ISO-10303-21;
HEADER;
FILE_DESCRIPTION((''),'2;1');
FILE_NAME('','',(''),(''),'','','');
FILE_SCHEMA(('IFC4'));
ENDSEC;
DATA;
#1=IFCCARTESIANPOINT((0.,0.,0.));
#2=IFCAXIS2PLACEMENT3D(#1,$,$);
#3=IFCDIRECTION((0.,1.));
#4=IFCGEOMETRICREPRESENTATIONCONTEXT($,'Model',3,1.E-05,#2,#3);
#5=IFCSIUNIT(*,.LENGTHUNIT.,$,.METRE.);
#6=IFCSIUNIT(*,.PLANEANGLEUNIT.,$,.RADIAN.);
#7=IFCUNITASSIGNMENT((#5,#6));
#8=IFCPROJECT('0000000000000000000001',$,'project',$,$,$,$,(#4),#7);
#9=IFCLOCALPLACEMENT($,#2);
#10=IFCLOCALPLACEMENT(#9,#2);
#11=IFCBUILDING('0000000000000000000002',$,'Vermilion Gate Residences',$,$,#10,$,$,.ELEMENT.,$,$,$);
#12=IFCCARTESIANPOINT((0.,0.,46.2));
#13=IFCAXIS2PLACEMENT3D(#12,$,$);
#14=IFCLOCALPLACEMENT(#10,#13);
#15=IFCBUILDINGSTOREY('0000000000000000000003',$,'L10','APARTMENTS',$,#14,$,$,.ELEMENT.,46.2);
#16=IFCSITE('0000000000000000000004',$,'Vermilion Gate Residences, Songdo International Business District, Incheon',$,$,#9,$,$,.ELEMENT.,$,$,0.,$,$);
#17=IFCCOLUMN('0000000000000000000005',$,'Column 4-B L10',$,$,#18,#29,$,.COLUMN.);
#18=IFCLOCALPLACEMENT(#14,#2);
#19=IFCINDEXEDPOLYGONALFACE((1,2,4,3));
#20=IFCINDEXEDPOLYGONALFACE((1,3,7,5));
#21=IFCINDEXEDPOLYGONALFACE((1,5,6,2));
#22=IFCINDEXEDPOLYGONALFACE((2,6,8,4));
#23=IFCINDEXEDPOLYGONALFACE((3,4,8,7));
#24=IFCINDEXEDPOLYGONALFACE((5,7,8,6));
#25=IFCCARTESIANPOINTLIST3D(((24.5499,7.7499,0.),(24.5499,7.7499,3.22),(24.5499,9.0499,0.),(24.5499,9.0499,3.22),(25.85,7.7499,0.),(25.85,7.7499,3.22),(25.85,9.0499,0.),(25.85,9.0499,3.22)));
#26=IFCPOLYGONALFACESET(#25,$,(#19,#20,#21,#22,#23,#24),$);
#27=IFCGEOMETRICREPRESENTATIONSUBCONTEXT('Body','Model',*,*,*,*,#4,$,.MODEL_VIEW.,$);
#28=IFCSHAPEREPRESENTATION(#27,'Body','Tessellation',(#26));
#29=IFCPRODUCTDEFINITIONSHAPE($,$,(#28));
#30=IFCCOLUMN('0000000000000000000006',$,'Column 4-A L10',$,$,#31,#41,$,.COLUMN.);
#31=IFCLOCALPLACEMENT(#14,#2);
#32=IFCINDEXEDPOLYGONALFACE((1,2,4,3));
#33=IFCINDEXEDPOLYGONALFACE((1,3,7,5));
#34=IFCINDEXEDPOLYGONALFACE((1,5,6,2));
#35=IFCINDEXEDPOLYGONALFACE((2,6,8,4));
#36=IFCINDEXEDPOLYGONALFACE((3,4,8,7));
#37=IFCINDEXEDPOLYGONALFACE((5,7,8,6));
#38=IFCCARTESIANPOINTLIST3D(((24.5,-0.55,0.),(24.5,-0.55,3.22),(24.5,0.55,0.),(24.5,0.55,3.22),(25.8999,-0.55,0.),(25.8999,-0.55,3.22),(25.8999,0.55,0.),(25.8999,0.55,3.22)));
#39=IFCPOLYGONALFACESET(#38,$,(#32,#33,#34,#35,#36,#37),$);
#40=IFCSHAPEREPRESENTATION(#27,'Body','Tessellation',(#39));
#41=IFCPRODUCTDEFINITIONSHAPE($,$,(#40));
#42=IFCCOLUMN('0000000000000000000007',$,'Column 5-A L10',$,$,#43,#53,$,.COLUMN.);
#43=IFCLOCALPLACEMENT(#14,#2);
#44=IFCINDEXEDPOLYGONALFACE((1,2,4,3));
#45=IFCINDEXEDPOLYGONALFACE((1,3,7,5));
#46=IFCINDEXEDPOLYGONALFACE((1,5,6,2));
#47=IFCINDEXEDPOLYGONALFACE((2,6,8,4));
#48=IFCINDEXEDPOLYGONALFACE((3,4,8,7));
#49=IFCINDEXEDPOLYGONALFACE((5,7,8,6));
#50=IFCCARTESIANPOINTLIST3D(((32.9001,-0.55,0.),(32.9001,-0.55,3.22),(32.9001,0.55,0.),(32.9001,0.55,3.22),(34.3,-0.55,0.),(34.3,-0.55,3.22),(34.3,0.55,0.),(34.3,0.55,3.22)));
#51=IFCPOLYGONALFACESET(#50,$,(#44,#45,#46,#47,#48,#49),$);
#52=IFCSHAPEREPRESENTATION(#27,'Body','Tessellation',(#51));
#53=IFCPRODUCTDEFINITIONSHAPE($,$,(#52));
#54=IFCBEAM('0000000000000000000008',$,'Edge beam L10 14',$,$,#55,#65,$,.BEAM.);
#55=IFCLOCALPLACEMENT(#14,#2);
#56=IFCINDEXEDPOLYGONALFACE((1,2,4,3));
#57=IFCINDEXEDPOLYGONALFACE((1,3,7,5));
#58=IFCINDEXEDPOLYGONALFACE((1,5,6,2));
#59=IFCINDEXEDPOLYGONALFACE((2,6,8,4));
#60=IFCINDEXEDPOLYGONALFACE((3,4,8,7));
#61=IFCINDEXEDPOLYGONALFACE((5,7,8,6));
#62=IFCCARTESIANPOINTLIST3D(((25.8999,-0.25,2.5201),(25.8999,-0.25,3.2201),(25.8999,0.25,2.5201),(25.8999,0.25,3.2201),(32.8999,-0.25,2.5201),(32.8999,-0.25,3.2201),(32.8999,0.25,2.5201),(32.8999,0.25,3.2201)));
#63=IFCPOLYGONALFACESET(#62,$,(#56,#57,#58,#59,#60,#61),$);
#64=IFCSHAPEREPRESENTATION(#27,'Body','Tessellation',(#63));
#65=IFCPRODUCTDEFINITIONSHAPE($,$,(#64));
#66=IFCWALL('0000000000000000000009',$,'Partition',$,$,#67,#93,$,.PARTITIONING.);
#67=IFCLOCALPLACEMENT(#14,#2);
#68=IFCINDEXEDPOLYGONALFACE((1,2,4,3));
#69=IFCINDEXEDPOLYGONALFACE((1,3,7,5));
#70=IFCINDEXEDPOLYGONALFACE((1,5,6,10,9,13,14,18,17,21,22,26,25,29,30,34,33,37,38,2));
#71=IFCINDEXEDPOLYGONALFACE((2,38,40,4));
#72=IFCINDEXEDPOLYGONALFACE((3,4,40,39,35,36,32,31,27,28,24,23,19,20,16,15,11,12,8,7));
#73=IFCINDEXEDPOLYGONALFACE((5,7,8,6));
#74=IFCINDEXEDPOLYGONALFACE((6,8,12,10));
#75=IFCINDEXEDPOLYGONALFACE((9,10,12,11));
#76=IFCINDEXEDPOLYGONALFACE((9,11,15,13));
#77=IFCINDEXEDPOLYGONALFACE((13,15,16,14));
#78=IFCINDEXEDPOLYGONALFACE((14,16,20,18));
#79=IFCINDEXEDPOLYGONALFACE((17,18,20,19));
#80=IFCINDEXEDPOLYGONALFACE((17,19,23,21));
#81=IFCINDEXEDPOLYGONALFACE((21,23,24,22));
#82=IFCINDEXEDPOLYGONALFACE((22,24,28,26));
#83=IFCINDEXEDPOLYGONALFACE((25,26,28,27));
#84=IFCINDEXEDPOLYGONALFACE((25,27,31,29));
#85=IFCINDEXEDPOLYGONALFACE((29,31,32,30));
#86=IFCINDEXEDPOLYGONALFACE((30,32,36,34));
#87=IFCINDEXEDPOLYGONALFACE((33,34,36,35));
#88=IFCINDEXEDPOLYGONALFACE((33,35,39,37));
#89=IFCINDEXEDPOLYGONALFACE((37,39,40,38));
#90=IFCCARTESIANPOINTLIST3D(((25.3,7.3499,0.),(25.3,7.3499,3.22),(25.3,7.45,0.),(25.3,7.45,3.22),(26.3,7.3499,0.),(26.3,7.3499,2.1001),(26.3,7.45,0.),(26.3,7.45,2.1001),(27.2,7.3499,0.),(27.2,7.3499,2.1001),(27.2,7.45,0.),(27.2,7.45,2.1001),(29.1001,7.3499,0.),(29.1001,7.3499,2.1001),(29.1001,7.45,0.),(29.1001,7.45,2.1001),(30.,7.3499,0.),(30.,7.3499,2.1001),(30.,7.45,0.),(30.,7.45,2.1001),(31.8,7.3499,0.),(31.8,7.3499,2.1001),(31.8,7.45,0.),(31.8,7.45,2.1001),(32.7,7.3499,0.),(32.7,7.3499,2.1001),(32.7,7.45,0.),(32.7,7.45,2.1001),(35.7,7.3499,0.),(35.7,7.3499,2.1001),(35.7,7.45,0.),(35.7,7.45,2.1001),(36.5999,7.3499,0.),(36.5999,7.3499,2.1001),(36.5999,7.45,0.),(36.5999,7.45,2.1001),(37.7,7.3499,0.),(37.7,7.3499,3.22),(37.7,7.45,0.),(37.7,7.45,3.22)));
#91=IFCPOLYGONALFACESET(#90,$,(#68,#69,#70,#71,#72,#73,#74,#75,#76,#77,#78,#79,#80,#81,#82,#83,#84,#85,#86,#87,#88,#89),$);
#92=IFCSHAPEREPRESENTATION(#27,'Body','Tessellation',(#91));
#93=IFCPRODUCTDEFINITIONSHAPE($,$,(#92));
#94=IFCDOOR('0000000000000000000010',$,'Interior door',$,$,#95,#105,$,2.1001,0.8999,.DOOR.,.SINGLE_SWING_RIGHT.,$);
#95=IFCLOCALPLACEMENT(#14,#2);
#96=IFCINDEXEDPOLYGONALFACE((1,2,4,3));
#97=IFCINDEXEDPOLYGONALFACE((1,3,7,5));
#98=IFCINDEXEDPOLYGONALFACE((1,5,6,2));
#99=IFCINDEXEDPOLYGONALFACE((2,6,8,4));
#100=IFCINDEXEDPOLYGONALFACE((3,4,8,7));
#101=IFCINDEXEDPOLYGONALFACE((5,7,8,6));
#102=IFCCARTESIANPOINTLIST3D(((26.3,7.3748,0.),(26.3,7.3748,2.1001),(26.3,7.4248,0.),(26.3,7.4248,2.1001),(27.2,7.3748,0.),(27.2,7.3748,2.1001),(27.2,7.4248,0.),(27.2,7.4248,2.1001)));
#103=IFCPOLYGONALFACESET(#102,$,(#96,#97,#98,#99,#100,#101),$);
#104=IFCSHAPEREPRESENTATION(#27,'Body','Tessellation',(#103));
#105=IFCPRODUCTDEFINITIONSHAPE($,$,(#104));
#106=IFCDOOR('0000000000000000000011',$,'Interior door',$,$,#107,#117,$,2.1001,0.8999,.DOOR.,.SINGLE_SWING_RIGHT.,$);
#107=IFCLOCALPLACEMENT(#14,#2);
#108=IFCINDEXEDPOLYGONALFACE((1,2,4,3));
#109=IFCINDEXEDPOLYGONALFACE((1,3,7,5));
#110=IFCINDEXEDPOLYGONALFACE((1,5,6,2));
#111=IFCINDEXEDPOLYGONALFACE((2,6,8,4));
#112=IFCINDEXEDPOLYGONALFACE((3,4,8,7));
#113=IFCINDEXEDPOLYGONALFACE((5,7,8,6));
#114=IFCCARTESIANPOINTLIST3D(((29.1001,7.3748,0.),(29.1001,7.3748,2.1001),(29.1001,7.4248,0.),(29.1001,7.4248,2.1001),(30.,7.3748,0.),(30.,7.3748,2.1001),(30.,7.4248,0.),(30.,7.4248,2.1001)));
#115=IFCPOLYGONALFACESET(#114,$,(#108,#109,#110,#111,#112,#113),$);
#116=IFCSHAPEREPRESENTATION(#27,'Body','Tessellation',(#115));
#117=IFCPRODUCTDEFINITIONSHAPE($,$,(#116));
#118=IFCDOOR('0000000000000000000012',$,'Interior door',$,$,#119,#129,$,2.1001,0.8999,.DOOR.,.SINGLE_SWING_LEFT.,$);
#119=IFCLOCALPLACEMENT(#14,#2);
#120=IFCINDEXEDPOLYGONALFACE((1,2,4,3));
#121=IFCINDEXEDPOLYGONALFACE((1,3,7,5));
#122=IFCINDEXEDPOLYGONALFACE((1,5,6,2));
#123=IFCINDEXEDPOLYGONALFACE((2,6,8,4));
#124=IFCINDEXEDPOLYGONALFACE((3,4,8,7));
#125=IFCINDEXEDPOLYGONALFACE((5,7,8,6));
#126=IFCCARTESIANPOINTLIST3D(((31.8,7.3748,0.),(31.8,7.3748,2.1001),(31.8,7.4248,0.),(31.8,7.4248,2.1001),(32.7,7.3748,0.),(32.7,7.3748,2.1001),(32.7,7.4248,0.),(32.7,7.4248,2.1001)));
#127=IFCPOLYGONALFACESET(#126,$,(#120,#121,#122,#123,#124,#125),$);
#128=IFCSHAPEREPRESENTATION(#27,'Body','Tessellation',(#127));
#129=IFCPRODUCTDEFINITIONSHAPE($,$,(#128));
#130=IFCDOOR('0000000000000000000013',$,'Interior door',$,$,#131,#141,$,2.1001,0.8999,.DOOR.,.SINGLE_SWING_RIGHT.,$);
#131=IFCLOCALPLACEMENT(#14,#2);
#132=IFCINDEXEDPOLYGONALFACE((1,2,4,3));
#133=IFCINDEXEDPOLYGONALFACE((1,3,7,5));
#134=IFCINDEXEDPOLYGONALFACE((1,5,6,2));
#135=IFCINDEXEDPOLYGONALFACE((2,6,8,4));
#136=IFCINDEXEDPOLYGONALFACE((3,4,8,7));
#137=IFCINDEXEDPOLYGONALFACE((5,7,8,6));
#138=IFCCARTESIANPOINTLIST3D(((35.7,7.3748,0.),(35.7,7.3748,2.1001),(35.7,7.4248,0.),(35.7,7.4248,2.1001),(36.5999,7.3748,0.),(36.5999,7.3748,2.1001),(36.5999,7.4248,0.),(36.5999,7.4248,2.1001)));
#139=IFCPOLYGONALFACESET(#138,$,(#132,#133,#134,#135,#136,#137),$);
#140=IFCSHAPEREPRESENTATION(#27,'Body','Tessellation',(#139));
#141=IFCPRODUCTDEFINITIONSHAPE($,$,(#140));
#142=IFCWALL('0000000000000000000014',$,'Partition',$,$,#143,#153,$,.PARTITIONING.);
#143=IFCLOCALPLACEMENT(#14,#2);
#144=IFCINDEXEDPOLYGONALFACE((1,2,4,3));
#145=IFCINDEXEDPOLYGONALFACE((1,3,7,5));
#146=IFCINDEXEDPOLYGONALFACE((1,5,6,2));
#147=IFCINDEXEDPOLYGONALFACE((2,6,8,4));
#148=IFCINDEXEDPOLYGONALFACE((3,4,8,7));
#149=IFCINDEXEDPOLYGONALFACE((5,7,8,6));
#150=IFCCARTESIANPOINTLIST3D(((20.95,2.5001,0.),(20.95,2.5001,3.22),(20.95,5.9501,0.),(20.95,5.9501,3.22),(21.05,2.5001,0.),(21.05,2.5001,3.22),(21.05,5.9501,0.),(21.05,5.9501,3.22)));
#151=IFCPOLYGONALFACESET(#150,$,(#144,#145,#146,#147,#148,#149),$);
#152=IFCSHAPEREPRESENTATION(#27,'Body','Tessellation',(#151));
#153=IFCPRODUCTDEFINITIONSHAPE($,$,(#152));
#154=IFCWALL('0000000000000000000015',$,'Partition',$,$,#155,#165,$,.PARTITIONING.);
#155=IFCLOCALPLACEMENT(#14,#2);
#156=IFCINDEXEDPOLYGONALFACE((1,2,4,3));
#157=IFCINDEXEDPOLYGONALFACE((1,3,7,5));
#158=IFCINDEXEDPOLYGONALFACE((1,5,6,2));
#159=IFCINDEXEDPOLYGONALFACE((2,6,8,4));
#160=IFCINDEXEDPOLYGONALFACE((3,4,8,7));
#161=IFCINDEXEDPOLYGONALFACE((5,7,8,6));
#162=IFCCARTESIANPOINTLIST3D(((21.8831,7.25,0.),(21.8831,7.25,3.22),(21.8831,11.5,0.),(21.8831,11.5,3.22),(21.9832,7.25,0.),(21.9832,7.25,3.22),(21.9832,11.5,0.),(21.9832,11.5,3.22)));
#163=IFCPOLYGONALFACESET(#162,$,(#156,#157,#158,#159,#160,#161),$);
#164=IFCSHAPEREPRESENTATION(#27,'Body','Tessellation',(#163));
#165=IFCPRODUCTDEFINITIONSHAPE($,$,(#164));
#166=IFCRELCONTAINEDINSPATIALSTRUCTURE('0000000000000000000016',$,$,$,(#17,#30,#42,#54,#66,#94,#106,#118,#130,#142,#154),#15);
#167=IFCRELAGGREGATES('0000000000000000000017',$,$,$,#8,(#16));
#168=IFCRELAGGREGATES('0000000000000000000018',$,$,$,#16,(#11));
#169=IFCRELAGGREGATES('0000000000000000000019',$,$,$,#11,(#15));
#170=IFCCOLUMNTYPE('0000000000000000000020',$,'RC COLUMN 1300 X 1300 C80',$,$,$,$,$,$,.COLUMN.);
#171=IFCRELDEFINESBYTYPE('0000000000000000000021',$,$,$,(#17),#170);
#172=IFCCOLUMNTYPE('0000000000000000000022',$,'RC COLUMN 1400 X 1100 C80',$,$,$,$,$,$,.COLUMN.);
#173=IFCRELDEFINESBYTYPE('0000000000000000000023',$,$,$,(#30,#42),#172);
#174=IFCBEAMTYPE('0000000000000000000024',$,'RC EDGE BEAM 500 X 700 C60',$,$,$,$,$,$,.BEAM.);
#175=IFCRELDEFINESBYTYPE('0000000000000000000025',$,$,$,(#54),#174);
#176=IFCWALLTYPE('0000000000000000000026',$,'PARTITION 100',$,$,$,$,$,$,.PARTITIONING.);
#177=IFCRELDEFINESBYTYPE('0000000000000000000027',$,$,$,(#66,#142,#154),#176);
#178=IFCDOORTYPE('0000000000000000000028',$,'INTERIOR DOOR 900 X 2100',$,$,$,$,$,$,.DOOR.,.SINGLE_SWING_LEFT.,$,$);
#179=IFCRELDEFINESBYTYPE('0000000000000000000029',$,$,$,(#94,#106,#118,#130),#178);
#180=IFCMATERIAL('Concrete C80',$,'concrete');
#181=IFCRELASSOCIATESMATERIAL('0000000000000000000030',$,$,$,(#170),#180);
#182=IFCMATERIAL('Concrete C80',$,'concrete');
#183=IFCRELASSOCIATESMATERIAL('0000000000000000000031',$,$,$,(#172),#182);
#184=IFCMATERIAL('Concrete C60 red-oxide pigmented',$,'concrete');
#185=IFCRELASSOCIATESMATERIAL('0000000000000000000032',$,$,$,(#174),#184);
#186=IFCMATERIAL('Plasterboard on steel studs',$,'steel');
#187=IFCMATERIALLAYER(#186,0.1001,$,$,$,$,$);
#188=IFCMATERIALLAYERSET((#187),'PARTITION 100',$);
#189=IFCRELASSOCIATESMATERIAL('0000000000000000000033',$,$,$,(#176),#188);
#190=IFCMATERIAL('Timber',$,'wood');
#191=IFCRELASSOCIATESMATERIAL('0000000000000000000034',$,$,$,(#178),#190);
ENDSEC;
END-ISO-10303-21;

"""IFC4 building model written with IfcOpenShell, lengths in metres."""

from ifc_helpers import new_model, si_unit, direction, frame, frame_2d, origin, origin_2d, place, context, subcontext, project, spatial, rectangle, extrude, material, layer, layer_set, material_profile, profile_set, type_object, element, fill, save


model = new_model("IFC4")

# Units and contexts
model_context = context("Model", 3, precision=1e-05, world=origin(), true_north=direction((0.0, 1.0)))
body_context = subcontext(model_context, "Body", "Model", "MODEL_VIEW")
ifc_project = project(units=[si_unit("LENGTHUNIT", "METRE"), si_unit("PLANEANGLEUNIT", "RADIAN")], contexts=[model_context])

# Site, building, storey
site_placement = place(None, origin())
site = spatial("IfcSite", under=ifc_project, at=site_placement, Name="Vermilion Gate Residences, Songdo International Business District, Incheon", CompositionType="ELEMENT", RefElevation=0.0)
building_placement = place(site_placement, origin())
building = spatial("IfcBuilding", under=site, at=building_placement, Name="Vermilion Gate Residences", CompositionType="ELEMENT")
storey_placement = place(building_placement, frame((0.0, 0.0, 46.2)))
storey = spatial("IfcBuildingStorey", under=building, at=storey_placement, Name="L10", Description="APARTMENTS", CompositionType="ELEMENT", Elevation=46.2)

# Columns
ifc_material_1 = material(Name="Concrete C80", Category="concrete")
ifc_material_profile_1 = material_profile(ifc_material_1, rectangle(XDim=1.3, YDim=1.3, at=origin_2d()), Name="RC-1300x1300")
ifc_profile_set_1 = profile_set([ifc_material_profile_1], Name="Concrete C80")
column_type_1 = type_object("IfcColumnType", Name="RC COLUMN 1300 X 1300 C80", PredefinedType="COLUMN", material=ifc_profile_set_1)
column_placement = place(storey_placement, frame((25.2, 8.3999, 0.0), z_axis=(0.0, 0.0, 1.0), x_axis=(1.0, 0.0, 0.0)))
element("IfcColumn", 1, at=column_placement, inside=storey, type_object=column_type_1, Name="Column 4-B L10", PredefinedType="COLUMN", context=body_context, shape_type="SweptSolid", body=[
    extrude(rectangle(XDim=1.3, YDim=1.3, at=origin_2d()), origin(), (0.0, 0.0, 1.0), 3.22),
])
ifc_material_2 = material(Name="Concrete C80", Category="concrete")
ifc_material_profile_2 = material_profile(ifc_material_2, rectangle(XDim=1.3999, YDim=1.1001, at=origin_2d()), Name="RC-1400x1100")
ifc_profile_set_2 = profile_set([ifc_material_profile_2], Name="Concrete C80")
column_type_2 = type_object("IfcColumnType", Name="RC COLUMN 1400 X 1100 C80", PredefinedType="COLUMN", material=ifc_profile_set_2)
for number, where, z_axis, x_axis, name in (
    (2, (25.2, 0.0, 0.0), (0.0, 0.0, 1.0), (1.0, 0.0, 0.0), "Column 4-A L10"),
    (3, (33.6001, 0.0, 0.0), (0.0, 0.0, 1.0), (1.0, 0.0, 0.0), "Column 5-A L10"),
):
    element("IfcColumn", number, at=place(storey_placement, frame(where, z_axis=z_axis, x_axis=x_axis)), inside=storey, type_object=column_type_2, Name=name, PredefinedType="COLUMN", context=body_context, shape_type="SweptSolid", body=[
        extrude(rectangle(XDim=1.3999, YDim=1.1001, at=origin_2d()), origin(), (0.0, 0.0, 1.0), 3.22),
    ])

# Beam
ifc_material_3 = material(Name="Concrete C60 red-oxide pigmented", Category="concrete")
ifc_material_profile_3 = material_profile(ifc_material_3, rectangle(XDim=0.5, YDim=0.7, at=origin_2d()), Name="RC-500x700")
ifc_profile_set_3 = profile_set([ifc_material_profile_3], Name="Concrete C60 red-oxide pigmented")
beam_type = type_object("IfcBeamType", Name="RC EDGE BEAM 500 X 700 C60", PredefinedType="BEAM", material=ifc_profile_set_3)
beam_placement = place(storey_placement, frame((25.8999, 0.0, 2.8701), z_axis=(1.0, 0.0, 0.0), x_axis=(0.0, 1.0, 0.0)))
element("IfcBeam", 4, at=beam_placement, inside=storey, type_object=beam_type, Name="Edge beam L10 14", PredefinedType="BEAM", context=body_context, shape_type="SweptSolid", body=[
    extrude(rectangle(XDim=0.5, YDim=0.7, at=origin_2d()), origin(), (0.0, 0.0, 1.0), 7.0),
])

# Wall, openings, doors
ifc_material_4 = material(Name="Plasterboard on steel studs", Category="steel")
ifc_layer_1 = layer(ifc_material_4, 0.1001)
ifc_layer_set_1 = layer_set([ifc_layer_1], Name="PARTITION 100")
wall_type_1 = type_object("IfcWallType", Name="PARTITION 100", PredefinedType="PARTITIONING", material=ifc_layer_set_1)
wall_1_placement = place(storey_placement, frame((25.3, 7.3999, 0.0), z_axis=(0.0, 0.0, 1.0), x_axis=(1.0, 0.0, 0.0)))
wall_1 = element("IfcWall", 5, at=wall_1_placement, inside=storey, type_object=wall_type_1, Name="Partition", PredefinedType="PARTITIONING", context=body_context, shape_type="SweptSolid", body=[
    extrude(rectangle(XDim=12.3999, YDim=0.1001, at=frame_2d((6.2, 0.0))), origin(), (0.0, 0.0, 1.0), 3.22),
])
opening_1_placement = place(wall_1_placement, frame((1.0, 0.0, 0.0)))
opening_1 = element("IfcOpeningElement", 6, at=opening_1_placement, cuts=wall_1, PredefinedType="OPENING", context=body_context, shape_type="SweptSolid", body=[
    extrude(rectangle(XDim=0.8999, YDim=2.1001, at=frame_2d((0.45, 1.05))), frame((0.0, 0.0601, 0.0), z_axis=(0.0, -1.0, 0.0), x_axis=(1.0, 0.0, 0.0)), (0.0, 0.0, 1.0), 0.1201),
])
opening_2_placement = place(wall_1_placement, frame((3.8, 0.0, 0.0)))
opening_2 = element("IfcOpeningElement", 7, at=opening_2_placement, cuts=wall_1, PredefinedType="OPENING", context=body_context, shape_type="SweptSolid", body=[
    extrude(rectangle(XDim=0.8999, YDim=2.1001, at=frame_2d((0.45, 1.05))), frame((0.0, 0.0601, 0.0), z_axis=(0.0, -1.0, 0.0), x_axis=(1.0, 0.0, 0.0)), (0.0, 0.0, 1.0), 0.1201),
])
opening_3_placement = place(wall_1_placement, frame((6.5, 0.0, 0.0)))
opening_3 = element("IfcOpeningElement", 8, at=opening_3_placement, cuts=wall_1, PredefinedType="OPENING", context=body_context, shape_type="SweptSolid", body=[
    extrude(rectangle(XDim=0.8999, YDim=2.1001, at=frame_2d((0.45, 1.05))), frame((0.0, 0.0601, 0.0), z_axis=(0.0, -1.0, 0.0), x_axis=(1.0, 0.0, 0.0)), (0.0, 0.0, 1.0), 0.1201),
])
opening_4_placement = place(wall_1_placement, frame((10.3999, 0.0, 0.0)))
opening_4 = element("IfcOpeningElement", 9, at=opening_4_placement, cuts=wall_1, PredefinedType="OPENING", context=body_context, shape_type="SweptSolid", body=[
    extrude(rectangle(XDim=0.8999, YDim=2.1001, at=frame_2d((0.45, 1.05))), frame((0.0, 0.0601, 0.0), z_axis=(0.0, -1.0, 0.0), x_axis=(1.0, 0.0, 0.0)), (0.0, 0.0, 1.0), 0.1201),
])
ifc_material_5 = material(Name="Timber", Category="wood")
door_type = type_object("IfcDoorType", Name="INTERIOR DOOR 900 X 2100", OperationType="SINGLE_SWING_LEFT", PredefinedType="DOOR", material=ifc_material_5)
door_1_placement = place(opening_1_placement, origin())
door_1 = element("IfcDoor", 10, at=door_1_placement, inside=storey, type_object=door_type, Name="Interior door", OperationType="SINGLE_SWING_RIGHT", OverallHeight=2.1001, OverallWidth=0.8999, PredefinedType="DOOR", context=body_context, shape_type="SweptSolid", body=[
    extrude(rectangle(XDim=0.8999, YDim=2.1001, at=frame_2d((0.45, 1.05))), frame((0.0, 0.0249, 0.0), z_axis=(0.0, -1.0, 0.0), x_axis=(1.0, 0.0, 0.0)), (0.0, 0.0, 1.0), 0.05),
])
fill(opening_1, door_1)
door_2_placement = place(opening_2_placement, origin())
door_2 = element("IfcDoor", 11, at=door_2_placement, inside=storey, type_object=door_type, Name="Interior door", OperationType="SINGLE_SWING_RIGHT", OverallHeight=2.1001, OverallWidth=0.8999, PredefinedType="DOOR", context=body_context, shape_type="SweptSolid", body=[
    extrude(rectangle(XDim=0.8999, YDim=2.1001, at=frame_2d((0.45, 1.05))), frame((0.0, 0.0249, 0.0), z_axis=(0.0, -1.0, 0.0), x_axis=(1.0, 0.0, 0.0)), (0.0, 0.0, 1.0), 0.05),
])
fill(opening_2, door_2)
door_3_placement = place(opening_3_placement, origin())
door_3 = element("IfcDoor", 12, at=door_3_placement, inside=storey, type_object=door_type, Name="Interior door", OperationType="SINGLE_SWING_LEFT", OverallHeight=2.1001, OverallWidth=0.8999, PredefinedType="DOOR", context=body_context, shape_type="SweptSolid", body=[
    extrude(rectangle(XDim=0.8999, YDim=2.1001, at=frame_2d((0.45, 1.05))), frame((0.0, 0.0249, 0.0), z_axis=(0.0, -1.0, 0.0), x_axis=(1.0, 0.0, 0.0)), (0.0, 0.0, 1.0), 0.05),
])
fill(opening_3, door_3)
door_4_placement = place(opening_4_placement, origin())
door_4 = element("IfcDoor", 13, at=door_4_placement, inside=storey, type_object=door_type, Name="Interior door", OperationType="SINGLE_SWING_RIGHT", OverallHeight=2.1001, OverallWidth=0.8999, PredefinedType="DOOR", context=body_context, shape_type="SweptSolid", body=[
    extrude(rectangle(XDim=0.8999, YDim=2.1001, at=frame_2d((0.45, 1.05))), frame((0.0, 0.0249, 0.0), z_axis=(0.0, -1.0, 0.0), x_axis=(1.0, 0.0, 0.0)), (0.0, 0.0, 1.0), 0.05),
])
fill(opening_4, door_4)

# Walls
wall_2_placement = place(storey_placement, frame((21.0, 2.5, 0.0), z_axis=(0.0, 0.0, 1.0), x_axis=(0.0, 1.0, 0.0)))
element("IfcWall", 14, at=wall_2_placement, inside=storey, type_object=wall_type_1, Name="Partition", PredefinedType="PARTITIONING", context=body_context, shape_type="SweptSolid", body=[
    extrude(rectangle(XDim=3.45, YDim=0.1001, at=frame_2d((1.7251, 0.0))), origin(), (0.0, 0.0, 1.0), 3.22),
])
wall_3_placement = place(storey_placement, frame((21.9331, 7.25, 0.0), z_axis=(0.0, 0.0, 1.0), x_axis=(0.0, 1.0, 0.0)))
element("IfcWall", 15, at=wall_3_placement, inside=storey, type_object=wall_type_1, Name="Partition", PredefinedType="PARTITIONING", context=body_context, shape_type="SweptSolid", body=[
    extrude(rectangle(XDim=4.25, YDim=0.1001, at=frame_2d((2.125, 0.0))), origin(), (0.0, 0.0, 1.0), 3.22),
])

save(model, "model.ifc")
